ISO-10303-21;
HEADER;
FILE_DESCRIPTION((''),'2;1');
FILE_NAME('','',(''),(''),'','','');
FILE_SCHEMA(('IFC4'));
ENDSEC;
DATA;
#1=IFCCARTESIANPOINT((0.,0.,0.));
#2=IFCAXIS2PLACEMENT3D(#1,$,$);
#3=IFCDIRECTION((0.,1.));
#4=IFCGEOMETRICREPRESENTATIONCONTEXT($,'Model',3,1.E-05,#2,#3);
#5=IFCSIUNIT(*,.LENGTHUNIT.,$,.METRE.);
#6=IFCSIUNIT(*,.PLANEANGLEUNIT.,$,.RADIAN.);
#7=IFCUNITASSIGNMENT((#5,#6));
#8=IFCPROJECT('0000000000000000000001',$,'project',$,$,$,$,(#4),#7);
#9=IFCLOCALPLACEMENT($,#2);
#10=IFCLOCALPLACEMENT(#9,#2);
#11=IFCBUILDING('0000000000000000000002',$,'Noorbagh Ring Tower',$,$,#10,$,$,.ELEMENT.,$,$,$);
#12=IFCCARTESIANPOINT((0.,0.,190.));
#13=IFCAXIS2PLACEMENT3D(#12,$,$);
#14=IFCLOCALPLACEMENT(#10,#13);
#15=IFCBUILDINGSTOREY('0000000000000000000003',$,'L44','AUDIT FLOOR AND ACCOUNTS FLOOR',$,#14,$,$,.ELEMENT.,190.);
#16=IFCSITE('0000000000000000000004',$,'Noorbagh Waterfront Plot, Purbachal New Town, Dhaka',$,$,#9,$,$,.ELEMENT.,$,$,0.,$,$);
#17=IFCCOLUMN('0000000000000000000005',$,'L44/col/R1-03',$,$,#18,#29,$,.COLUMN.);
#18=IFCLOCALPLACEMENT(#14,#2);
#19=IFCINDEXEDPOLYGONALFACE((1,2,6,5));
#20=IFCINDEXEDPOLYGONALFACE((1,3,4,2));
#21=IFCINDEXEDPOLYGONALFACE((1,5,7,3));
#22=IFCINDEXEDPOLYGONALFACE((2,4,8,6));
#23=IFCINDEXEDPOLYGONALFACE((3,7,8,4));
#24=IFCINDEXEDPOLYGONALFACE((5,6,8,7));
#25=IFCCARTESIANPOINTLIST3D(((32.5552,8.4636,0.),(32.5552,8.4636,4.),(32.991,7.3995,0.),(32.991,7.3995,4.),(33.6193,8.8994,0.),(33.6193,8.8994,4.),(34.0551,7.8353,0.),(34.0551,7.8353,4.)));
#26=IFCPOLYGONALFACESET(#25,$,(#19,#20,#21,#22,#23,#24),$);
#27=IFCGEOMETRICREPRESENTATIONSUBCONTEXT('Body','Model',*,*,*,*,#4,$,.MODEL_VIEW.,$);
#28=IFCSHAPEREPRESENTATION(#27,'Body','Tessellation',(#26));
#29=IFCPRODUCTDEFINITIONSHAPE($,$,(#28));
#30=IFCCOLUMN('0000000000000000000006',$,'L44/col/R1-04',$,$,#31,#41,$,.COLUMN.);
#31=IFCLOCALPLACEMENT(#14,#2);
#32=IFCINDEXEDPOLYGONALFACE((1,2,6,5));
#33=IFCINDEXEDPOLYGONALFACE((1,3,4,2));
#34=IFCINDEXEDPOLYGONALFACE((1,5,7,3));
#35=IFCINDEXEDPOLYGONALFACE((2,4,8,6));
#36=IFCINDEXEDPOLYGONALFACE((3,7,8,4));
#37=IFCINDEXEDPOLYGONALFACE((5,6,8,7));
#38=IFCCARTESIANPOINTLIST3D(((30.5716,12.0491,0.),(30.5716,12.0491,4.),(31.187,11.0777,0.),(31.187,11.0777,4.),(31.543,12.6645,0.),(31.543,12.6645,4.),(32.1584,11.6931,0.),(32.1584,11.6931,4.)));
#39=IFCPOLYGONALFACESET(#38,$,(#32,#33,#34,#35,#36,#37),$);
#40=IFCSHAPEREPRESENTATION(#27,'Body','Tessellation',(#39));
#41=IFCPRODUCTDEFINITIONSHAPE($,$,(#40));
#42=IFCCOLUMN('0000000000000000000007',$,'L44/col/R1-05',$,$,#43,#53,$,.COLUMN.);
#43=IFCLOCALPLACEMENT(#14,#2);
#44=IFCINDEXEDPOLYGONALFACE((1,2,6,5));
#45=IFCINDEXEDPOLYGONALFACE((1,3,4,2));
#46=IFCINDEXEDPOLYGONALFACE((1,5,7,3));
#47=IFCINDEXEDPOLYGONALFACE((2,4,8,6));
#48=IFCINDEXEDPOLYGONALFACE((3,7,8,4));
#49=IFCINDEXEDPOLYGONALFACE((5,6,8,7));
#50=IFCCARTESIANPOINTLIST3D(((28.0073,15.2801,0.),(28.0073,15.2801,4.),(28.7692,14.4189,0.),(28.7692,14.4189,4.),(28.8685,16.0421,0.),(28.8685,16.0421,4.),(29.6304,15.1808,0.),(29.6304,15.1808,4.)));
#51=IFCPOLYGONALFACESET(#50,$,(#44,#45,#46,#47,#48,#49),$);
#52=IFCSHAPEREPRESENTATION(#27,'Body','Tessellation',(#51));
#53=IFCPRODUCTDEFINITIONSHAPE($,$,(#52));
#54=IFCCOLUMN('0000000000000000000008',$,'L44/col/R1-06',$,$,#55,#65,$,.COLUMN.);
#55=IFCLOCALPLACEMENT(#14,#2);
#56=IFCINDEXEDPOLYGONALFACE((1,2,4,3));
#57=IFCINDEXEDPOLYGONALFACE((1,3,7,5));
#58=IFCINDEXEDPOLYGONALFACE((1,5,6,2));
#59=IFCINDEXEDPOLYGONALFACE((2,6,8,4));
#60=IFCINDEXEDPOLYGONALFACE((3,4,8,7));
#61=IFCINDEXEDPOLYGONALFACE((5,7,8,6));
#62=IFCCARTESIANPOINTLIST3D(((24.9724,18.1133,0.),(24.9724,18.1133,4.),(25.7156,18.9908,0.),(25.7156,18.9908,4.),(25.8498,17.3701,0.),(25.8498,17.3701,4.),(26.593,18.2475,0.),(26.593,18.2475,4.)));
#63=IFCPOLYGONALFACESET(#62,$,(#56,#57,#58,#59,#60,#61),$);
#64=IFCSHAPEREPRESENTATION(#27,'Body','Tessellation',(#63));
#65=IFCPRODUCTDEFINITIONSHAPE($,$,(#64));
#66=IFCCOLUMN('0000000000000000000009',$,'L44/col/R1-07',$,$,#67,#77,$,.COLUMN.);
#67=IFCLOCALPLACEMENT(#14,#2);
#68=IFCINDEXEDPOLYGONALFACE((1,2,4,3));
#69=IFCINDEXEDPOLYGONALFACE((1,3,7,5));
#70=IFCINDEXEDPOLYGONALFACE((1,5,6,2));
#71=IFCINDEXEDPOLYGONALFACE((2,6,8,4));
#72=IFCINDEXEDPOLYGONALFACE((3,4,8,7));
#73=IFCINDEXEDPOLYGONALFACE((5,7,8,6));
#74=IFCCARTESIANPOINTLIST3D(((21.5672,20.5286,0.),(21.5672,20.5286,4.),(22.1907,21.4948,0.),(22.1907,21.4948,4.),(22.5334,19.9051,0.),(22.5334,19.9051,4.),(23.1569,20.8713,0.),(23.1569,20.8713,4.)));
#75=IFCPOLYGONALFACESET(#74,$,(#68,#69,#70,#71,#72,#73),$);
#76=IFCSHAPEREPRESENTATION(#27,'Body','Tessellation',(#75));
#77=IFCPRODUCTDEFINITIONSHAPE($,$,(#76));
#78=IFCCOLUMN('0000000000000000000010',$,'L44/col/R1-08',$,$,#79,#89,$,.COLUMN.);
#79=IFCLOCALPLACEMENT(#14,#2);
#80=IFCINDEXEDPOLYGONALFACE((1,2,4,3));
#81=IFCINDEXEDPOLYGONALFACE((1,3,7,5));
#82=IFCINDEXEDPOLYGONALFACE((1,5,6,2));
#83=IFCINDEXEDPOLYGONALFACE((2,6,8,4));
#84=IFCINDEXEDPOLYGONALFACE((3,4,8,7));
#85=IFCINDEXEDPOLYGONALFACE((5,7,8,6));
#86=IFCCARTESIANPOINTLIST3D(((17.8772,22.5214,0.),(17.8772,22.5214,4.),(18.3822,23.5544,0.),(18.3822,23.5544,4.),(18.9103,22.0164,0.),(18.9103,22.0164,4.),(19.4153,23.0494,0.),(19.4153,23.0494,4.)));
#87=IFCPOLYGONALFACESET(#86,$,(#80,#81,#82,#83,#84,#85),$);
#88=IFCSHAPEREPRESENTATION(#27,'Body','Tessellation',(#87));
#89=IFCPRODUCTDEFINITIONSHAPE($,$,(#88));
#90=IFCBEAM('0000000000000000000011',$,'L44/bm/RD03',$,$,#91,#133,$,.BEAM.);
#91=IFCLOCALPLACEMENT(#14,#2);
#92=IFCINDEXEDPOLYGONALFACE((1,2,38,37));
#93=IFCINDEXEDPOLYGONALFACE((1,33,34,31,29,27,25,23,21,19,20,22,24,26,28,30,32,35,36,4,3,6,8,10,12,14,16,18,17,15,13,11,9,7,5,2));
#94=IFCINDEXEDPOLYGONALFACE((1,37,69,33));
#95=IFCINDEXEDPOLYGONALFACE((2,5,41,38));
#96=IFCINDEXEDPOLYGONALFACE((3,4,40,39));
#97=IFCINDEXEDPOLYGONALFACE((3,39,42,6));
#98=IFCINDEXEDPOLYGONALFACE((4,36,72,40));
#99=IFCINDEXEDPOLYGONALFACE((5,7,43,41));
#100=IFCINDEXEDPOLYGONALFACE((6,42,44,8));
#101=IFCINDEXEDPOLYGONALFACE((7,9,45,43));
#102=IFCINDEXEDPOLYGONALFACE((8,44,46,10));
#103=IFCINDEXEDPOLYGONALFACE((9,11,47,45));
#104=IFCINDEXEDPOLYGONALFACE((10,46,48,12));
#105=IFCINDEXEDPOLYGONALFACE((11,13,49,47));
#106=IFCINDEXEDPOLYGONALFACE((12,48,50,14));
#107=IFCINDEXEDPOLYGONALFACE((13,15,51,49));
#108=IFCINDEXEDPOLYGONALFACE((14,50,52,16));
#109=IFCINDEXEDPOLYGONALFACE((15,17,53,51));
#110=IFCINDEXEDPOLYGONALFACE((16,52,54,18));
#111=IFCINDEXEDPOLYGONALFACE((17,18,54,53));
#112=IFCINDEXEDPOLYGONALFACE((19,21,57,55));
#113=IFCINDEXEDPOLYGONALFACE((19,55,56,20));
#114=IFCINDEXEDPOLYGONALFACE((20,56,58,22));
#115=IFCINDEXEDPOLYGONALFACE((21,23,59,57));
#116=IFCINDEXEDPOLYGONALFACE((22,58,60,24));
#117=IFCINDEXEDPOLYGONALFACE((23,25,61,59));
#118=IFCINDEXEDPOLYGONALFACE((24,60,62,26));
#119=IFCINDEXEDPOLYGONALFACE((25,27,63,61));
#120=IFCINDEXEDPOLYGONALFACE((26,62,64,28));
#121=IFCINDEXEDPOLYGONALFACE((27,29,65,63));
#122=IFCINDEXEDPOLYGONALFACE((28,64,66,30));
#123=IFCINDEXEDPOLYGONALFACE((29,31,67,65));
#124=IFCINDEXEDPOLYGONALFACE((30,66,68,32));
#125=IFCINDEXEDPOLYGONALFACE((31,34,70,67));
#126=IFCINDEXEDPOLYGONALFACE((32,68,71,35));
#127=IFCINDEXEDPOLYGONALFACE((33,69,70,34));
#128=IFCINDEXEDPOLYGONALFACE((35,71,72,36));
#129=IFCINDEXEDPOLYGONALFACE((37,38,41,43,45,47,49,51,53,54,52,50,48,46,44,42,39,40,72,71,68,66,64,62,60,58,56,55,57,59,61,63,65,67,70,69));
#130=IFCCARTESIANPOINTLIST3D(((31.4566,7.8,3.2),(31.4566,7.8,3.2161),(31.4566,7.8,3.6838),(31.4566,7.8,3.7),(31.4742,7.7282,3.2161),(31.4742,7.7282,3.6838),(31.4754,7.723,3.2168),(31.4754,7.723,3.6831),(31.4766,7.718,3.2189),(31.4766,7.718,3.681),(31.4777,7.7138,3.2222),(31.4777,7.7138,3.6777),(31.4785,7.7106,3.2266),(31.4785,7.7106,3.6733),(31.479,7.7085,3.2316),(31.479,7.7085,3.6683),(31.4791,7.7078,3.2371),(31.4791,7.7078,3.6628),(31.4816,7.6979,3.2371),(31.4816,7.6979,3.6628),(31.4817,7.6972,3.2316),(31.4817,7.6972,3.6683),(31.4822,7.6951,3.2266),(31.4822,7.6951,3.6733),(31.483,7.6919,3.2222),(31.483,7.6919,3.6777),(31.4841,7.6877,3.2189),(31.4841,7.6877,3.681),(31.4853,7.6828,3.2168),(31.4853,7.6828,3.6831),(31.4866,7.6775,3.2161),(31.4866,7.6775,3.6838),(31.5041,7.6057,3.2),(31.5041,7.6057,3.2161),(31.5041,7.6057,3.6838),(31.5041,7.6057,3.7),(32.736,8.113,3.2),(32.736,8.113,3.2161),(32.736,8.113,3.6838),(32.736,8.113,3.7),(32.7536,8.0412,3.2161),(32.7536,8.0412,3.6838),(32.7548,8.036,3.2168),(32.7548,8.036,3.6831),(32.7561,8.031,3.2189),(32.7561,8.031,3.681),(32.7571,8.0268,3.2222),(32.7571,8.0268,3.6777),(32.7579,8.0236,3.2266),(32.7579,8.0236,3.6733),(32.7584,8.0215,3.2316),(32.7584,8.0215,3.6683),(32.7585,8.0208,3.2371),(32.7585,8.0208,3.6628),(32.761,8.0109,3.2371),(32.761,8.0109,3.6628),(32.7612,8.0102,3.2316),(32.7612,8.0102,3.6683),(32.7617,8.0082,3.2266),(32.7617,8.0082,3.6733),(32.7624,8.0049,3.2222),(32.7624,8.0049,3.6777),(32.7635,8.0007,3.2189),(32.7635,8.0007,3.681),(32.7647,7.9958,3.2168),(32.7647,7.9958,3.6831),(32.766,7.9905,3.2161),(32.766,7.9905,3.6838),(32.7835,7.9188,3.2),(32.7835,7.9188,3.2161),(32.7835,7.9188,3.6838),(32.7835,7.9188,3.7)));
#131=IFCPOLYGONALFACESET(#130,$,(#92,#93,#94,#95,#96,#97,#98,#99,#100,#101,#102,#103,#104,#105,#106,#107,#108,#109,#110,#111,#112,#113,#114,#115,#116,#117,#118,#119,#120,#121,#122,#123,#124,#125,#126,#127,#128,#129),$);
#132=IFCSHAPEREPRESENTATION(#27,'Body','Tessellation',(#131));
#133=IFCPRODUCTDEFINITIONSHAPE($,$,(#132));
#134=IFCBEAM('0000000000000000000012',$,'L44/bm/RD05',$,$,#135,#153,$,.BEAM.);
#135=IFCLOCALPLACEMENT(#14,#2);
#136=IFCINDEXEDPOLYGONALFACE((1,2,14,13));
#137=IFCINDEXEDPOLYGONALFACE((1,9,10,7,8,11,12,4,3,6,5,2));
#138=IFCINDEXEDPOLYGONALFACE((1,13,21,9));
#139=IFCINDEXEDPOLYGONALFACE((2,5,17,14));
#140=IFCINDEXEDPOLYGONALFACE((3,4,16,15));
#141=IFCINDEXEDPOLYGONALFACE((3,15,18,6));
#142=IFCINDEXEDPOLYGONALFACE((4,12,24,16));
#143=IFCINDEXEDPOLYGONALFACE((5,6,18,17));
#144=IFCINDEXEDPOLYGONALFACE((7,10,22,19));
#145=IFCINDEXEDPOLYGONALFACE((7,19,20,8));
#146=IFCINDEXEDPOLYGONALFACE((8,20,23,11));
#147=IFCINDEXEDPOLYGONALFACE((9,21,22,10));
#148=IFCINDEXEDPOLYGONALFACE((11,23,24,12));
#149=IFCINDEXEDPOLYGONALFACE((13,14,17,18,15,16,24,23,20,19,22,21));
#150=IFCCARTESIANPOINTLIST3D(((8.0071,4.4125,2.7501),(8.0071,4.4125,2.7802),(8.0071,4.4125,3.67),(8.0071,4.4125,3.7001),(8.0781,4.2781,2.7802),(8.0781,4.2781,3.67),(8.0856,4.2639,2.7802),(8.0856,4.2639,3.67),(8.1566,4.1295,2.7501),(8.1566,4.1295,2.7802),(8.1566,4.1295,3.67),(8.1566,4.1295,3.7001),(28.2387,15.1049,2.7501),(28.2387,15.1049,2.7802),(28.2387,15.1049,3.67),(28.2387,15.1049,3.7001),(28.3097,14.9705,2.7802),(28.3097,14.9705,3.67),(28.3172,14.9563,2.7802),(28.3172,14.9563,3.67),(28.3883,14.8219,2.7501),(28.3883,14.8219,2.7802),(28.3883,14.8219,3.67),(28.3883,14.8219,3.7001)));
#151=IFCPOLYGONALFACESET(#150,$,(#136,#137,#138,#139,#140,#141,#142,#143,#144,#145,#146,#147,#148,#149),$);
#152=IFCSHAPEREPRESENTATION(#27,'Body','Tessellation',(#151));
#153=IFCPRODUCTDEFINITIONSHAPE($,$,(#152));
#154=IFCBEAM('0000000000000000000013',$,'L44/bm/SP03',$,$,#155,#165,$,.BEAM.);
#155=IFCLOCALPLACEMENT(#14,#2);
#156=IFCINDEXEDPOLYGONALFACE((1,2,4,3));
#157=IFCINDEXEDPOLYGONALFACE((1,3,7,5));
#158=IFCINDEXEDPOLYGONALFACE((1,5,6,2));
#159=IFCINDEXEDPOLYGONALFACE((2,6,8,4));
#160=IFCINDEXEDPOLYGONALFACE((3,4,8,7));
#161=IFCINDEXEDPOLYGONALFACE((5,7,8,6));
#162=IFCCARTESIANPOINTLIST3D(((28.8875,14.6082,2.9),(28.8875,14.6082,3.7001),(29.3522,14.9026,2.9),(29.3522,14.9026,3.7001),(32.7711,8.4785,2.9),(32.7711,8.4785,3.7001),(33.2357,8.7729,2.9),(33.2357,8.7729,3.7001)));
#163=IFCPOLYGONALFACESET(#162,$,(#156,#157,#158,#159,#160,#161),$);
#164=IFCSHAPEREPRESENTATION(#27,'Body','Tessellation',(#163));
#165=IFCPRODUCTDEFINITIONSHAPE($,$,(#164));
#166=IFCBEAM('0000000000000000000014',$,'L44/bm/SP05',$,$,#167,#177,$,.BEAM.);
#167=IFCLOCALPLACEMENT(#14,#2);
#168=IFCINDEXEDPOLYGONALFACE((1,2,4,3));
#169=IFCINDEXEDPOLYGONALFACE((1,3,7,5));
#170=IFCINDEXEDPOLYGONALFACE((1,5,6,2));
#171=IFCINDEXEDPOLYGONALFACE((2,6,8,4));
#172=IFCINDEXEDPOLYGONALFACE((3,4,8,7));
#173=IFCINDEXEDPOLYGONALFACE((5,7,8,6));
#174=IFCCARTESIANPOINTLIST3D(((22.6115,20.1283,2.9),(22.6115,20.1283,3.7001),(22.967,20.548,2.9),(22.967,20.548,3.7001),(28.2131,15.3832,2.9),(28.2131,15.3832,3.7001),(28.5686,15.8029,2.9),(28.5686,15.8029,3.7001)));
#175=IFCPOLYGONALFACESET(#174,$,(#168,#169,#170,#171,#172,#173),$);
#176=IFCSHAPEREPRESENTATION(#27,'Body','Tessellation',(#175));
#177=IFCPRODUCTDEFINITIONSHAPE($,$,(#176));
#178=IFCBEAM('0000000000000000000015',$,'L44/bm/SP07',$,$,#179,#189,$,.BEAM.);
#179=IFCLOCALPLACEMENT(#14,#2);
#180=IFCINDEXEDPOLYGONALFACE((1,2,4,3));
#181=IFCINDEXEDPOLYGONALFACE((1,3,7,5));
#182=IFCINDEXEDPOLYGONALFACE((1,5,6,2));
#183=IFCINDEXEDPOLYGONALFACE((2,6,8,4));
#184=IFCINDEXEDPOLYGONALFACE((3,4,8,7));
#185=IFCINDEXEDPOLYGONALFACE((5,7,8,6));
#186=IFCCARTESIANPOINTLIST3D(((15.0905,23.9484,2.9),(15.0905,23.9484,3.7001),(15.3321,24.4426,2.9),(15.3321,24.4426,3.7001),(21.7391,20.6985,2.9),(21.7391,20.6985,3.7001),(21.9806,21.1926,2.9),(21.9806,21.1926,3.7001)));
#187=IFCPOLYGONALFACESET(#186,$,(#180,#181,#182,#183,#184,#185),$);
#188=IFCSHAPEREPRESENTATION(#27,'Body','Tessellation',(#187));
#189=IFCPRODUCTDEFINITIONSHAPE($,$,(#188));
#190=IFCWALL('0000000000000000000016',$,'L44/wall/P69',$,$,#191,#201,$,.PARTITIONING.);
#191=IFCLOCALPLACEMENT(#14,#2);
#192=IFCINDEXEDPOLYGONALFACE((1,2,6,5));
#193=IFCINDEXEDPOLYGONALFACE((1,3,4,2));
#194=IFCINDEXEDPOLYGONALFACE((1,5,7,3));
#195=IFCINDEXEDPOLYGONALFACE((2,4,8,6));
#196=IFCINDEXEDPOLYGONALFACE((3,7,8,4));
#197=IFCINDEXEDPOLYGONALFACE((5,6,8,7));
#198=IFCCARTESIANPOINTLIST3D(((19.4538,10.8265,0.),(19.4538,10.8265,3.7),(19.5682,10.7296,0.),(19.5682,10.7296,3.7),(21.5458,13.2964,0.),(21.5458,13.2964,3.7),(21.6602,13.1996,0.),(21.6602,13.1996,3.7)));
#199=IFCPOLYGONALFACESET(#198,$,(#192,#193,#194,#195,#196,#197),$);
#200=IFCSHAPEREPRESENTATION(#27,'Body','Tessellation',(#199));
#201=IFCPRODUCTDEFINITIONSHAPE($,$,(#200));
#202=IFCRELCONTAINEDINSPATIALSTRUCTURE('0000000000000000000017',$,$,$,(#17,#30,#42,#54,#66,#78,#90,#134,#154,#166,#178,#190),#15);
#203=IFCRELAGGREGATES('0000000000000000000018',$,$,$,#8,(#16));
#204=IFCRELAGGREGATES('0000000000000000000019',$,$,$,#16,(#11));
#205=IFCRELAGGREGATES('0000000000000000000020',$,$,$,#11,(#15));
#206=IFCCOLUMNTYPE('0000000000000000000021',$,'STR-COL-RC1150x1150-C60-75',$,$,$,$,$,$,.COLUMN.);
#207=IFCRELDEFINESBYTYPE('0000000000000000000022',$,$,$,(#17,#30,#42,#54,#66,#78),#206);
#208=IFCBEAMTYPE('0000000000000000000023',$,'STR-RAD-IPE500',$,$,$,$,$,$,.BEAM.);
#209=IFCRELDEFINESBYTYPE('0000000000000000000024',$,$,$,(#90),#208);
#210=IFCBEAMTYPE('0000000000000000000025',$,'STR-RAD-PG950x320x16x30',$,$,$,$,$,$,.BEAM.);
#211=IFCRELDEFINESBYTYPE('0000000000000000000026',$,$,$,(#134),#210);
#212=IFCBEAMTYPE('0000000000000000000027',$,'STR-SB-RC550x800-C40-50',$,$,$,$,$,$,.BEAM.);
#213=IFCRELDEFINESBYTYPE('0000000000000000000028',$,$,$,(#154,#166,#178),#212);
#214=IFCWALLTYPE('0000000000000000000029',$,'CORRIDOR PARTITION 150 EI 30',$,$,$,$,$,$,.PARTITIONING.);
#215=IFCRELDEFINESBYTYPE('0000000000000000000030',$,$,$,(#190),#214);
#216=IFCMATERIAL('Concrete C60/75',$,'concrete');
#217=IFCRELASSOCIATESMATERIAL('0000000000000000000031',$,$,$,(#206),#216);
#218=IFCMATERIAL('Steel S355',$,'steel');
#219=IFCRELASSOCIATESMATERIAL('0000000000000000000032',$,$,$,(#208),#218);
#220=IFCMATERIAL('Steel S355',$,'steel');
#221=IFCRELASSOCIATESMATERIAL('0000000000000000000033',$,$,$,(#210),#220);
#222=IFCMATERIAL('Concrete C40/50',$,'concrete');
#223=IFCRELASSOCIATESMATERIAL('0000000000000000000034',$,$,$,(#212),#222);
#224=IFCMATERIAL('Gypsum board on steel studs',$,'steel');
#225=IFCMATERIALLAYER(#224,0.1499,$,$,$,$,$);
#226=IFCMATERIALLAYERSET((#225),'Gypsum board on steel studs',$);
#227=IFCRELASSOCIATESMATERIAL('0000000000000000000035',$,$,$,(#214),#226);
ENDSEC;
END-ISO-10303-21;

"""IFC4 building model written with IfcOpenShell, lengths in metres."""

from ifc_helpers import new_model, si_unit, direction, frame, frame_2d, origin, origin_2d, place, context, subcontext, project, spatial, rectangle, i_section, extrude, material, layer, layer_set, material_profile, profile_set, type_object, element, save


model = new_model("IFC4")

# Units and contexts
model_context = context("Model", 3, precision=1e-05, world=origin(), true_north=direction((0.0, 1.0)))
body_context = subcontext(model_context, "Body", "Model", "MODEL_VIEW")
ifc_project = project(units=[si_unit("LENGTHUNIT", "METRE"), si_unit("PLANEANGLEUNIT", "RADIAN")], contexts=[model_context])

# Site, building, storey
site_placement = place(None, origin())
site = spatial("IfcSite", under=ifc_project, at=site_placement, Name="Noorbagh Waterfront Plot, Purbachal New Town, Dhaka", CompositionType="ELEMENT", RefElevation=0.0)
building_placement = place(site_placement, origin())
building = spatial("IfcBuilding", under=site, at=building_placement, Name="Noorbagh Ring Tower", CompositionType="ELEMENT")
storey_placement = place(building_placement, frame((0.0, 0.0, 190.0)))
storey = spatial("IfcBuildingStorey", under=building, at=storey_placement, Name="L44", Description="AUDIT FLOOR AND ACCOUNTS FLOOR", CompositionType="ELEMENT", Elevation=190.0)

# Columns
ifc_material_1 = material(Name="Concrete C60/75", Category="concrete")
ifc_material_profile_1 = material_profile(ifc_material_1, rectangle(XDim=1.1499, YDim=1.1499, at=origin_2d()), Name="RC1150x1150")
ifc_profile_set_1 = profile_set([ifc_material_profile_1], Name="Concrete C60/75")
column_type = type_object("IfcColumnType", Name="STR-COL-RC1150x1150-C60-75", PredefinedType="COLUMN", material=ifc_profile_set_1)
for number, where, z_axis, x_axis, name in (
    (1, (33.3052, 8.1494, 0.0), (0.0, 0.0, 1.0), (-0.378989, 0.925401, 0.0), "L44/col/R1-03"),
    (2, (31.365, 11.8711, 0.0), (0.0, 0.0, 1.0), (-0.53519, 0.844731, 0.0), "L44/col/R1-04"),
    (3, (28.8188, 15.2305, 0.0), (0.0, 0.0, 1.0), (-0.662636, 0.748942, 0.0), "L44/col/R1-05"),
    (4, (25.7827, 18.1804, 0.0), (0.0, 0.0, 1.0), (-0.763035, 0.646357, 0.0), "L44/col/R1-06"),
    (5, (22.3621, 20.7, 0.0), (0.0, 0.0, 1.0), (-0.840248, 0.542203, 0.0), "L44/col/R1-07"),
    (6, (18.6462, 22.7854, 0.0), (0.0, 0.0, 1.0), (-0.898399, 0.43918, 0.0), "L44/col/R1-08"),
):
    element("IfcColumn", number, at=place(storey_placement, frame(where, z_axis=z_axis, x_axis=x_axis)), inside=storey, type_object=column_type, Name=name, PredefinedType="COLUMN", context=body_context, shape_type="SweptSolid", body=[
        extrude(rectangle(XDim=1.1499, YDim=1.1499, at=origin_2d()), origin(), (0.0, 0.0, 1.0), 4.0),
    ])

# Beams
ifc_material_2 = material(Name="Steel S355", Category="steel")
ifc_material_profile_2 = material_profile(ifc_material_2, i_section(OverallWidth=0.2, OverallDepth=0.5, WebThickness=0.0103, FlangeThickness=0.0161, FilletRadius=0.021, at=origin_2d()), Name="IPE500")
ifc_profile_set_2 = profile_set([ifc_material_profile_2], Name="Steel S355")
beam_type_1 = type_object("IfcBeamType", Name="STR-RAD-IPE500", PredefinedType="BEAM", material=ifc_profile_set_2)
beam_1_placement = place(storey_placement, frame((32.7598, 8.0159, 3.45), z_axis=(-0.971351, -0.237647, 0.0), x_axis=(0.237647, -0.971351, 0.0)))
element("IfcBeam", 7, at=beam_1_placement, inside=storey, type_object=beam_type_1, Name="L44/bm/RD03", PredefinedType="BEAM", context=body_context, shape_type="SweptSolid", body=[
    extrude(i_section(OverallWidth=0.2, OverallDepth=0.5, WebThickness=0.0103, FlangeThickness=0.0161, FilletRadius=0.021, at=origin_2d()), origin(), (0.0, 0.0, 1.0), 1.3171),
])
ifc_material_3 = material(Name="Steel S355", Category="steel")
ifc_material_profile_3 = material_profile(ifc_material_3, i_section(OverallWidth=0.3201, OverallDepth=0.95, WebThickness=0.0161, FlangeThickness=0.03, at=origin_2d()), Name="PG950x320x16x30")
ifc_profile_set_3 = profile_set([ifc_material_profile_3], Name="Steel S355")
beam_type_2 = type_object("IfcBeamType", Name="STR-RAD-PG950x320x16x30", PredefinedType="BEAM", material=ifc_profile_set_3)
beam_2_placement = place(storey_placement, frame((28.3135, 14.9634, 3.2251), z_axis=(-0.884122, -0.467256, 0.0), x_axis=(0.467256, -0.884122, 0.0)))
element("IfcBeam", 8, at=beam_2_placement, inside=storey, type_object=beam_type_2, Name="L44/bm/RD05", PredefinedType="BEAM", context=body_context, shape_type="SweptSolid", body=[
    extrude(i_section(OverallWidth=0.3201, OverallDepth=0.95, WebThickness=0.0161, FlangeThickness=0.03, at=origin_2d()), origin(), (0.0, 0.0, 1.0), 22.8833),
])
ifc_material_4 = material(Name="Concrete C40/50", Category="concrete")
ifc_material_profile_4 = material_profile(ifc_material_4, rectangle(XDim=0.55, YDim=0.8, at=origin_2d()), Name="RC550x800")
ifc_profile_set_4 = profile_set([ifc_material_profile_4], Name="Concrete C40/50")
beam_type_3 = type_object("IfcBeamType", Name="STR-SB-RC550x800-C40-50", PredefinedType="BEAM", material=ifc_profile_set_4)
beam_3_placement = place(storey_placement, frame((33.0034, 8.6257, 3.3), z_axis=(-0.535194, 0.844729, 0.0), x_axis=(-0.844729, -0.535194, 0.0)))
element("IfcBeam", 9, at=beam_3_placement, inside=storey, type_object=beam_type_3, Name="L44/bm/SP03", PredefinedType="BEAM", context=body_context, shape_type="SweptSolid", body=[
    extrude(rectangle(XDim=0.55, YDim=0.8, at=origin_2d()), origin(), (0.0, 0.0, 1.0), 7.2563),
])
beam_4_placement = place(storey_placement, frame((28.3909, 15.593, 3.3), z_axis=(-0.763028, 0.646366, 0.0), x_axis=(-0.646366, -0.763028, 0.0)))
element("IfcBeam", 10, at=beam_4_placement, inside=storey, type_object=beam_type_3, Name="L44/bm/SP05", PredefinedType="BEAM", context=body_context, shape_type="SweptSolid", body=[
    extrude(rectangle(XDim=0.55, YDim=0.8, at=origin_2d()), origin(), (0.0, 0.0, 1.0), 7.3413),
])
beam_5_placement = place(storey_placement, frame((21.8599, 20.9456, 3.3), z_axis=(-0.898409, 0.439159, 0.0), x_axis=(-0.439159, -0.898409, 0.0)))
element("IfcBeam", 11, at=beam_5_placement, inside=storey, type_object=beam_type_3, Name="L44/bm/SP07", PredefinedType="BEAM", context=body_context, shape_type="SweptSolid", body=[
    extrude(rectangle(XDim=0.55, YDim=0.8, at=origin_2d()), origin(), (0.0, 0.0, 1.0), 7.4004),
])

# Wall
ifc_material_5 = material(Name="Gypsum board on steel studs", Category="steel")
ifc_layer_1 = layer(ifc_material_5, 0.1499)
ifc_layer_set_1 = layer_set([ifc_layer_1], Name="Gypsum board on steel studs")
wall_type_1 = type_object("IfcWallType", Name="CORRIDOR PARTITION 150 EI 30", PredefinedType="PARTITIONING", material=ifc_layer_set_1)
wall_1_placement = place(storey_placement, frame((19.511, 10.7781, 0.0), z_axis=(0.0, 0.0, 1.0), x_axis=(0.646314, 0.763071, 0.0)))
element("IfcWall", 12, at=wall_1_placement, inside=storey, type_object=wall_type_1, Name="L44/wall/P69", PredefinedType="PARTITIONING", context=body_context, shape_type="SweptSolid", body=[
    extrude(rectangle(XDim=3.2368, YDim=0.1499, at=frame_2d((1.6184, 0.0))), origin(), (0.0, 0.0, 1.0), 3.7),
])

save(model, "model.ifc")
